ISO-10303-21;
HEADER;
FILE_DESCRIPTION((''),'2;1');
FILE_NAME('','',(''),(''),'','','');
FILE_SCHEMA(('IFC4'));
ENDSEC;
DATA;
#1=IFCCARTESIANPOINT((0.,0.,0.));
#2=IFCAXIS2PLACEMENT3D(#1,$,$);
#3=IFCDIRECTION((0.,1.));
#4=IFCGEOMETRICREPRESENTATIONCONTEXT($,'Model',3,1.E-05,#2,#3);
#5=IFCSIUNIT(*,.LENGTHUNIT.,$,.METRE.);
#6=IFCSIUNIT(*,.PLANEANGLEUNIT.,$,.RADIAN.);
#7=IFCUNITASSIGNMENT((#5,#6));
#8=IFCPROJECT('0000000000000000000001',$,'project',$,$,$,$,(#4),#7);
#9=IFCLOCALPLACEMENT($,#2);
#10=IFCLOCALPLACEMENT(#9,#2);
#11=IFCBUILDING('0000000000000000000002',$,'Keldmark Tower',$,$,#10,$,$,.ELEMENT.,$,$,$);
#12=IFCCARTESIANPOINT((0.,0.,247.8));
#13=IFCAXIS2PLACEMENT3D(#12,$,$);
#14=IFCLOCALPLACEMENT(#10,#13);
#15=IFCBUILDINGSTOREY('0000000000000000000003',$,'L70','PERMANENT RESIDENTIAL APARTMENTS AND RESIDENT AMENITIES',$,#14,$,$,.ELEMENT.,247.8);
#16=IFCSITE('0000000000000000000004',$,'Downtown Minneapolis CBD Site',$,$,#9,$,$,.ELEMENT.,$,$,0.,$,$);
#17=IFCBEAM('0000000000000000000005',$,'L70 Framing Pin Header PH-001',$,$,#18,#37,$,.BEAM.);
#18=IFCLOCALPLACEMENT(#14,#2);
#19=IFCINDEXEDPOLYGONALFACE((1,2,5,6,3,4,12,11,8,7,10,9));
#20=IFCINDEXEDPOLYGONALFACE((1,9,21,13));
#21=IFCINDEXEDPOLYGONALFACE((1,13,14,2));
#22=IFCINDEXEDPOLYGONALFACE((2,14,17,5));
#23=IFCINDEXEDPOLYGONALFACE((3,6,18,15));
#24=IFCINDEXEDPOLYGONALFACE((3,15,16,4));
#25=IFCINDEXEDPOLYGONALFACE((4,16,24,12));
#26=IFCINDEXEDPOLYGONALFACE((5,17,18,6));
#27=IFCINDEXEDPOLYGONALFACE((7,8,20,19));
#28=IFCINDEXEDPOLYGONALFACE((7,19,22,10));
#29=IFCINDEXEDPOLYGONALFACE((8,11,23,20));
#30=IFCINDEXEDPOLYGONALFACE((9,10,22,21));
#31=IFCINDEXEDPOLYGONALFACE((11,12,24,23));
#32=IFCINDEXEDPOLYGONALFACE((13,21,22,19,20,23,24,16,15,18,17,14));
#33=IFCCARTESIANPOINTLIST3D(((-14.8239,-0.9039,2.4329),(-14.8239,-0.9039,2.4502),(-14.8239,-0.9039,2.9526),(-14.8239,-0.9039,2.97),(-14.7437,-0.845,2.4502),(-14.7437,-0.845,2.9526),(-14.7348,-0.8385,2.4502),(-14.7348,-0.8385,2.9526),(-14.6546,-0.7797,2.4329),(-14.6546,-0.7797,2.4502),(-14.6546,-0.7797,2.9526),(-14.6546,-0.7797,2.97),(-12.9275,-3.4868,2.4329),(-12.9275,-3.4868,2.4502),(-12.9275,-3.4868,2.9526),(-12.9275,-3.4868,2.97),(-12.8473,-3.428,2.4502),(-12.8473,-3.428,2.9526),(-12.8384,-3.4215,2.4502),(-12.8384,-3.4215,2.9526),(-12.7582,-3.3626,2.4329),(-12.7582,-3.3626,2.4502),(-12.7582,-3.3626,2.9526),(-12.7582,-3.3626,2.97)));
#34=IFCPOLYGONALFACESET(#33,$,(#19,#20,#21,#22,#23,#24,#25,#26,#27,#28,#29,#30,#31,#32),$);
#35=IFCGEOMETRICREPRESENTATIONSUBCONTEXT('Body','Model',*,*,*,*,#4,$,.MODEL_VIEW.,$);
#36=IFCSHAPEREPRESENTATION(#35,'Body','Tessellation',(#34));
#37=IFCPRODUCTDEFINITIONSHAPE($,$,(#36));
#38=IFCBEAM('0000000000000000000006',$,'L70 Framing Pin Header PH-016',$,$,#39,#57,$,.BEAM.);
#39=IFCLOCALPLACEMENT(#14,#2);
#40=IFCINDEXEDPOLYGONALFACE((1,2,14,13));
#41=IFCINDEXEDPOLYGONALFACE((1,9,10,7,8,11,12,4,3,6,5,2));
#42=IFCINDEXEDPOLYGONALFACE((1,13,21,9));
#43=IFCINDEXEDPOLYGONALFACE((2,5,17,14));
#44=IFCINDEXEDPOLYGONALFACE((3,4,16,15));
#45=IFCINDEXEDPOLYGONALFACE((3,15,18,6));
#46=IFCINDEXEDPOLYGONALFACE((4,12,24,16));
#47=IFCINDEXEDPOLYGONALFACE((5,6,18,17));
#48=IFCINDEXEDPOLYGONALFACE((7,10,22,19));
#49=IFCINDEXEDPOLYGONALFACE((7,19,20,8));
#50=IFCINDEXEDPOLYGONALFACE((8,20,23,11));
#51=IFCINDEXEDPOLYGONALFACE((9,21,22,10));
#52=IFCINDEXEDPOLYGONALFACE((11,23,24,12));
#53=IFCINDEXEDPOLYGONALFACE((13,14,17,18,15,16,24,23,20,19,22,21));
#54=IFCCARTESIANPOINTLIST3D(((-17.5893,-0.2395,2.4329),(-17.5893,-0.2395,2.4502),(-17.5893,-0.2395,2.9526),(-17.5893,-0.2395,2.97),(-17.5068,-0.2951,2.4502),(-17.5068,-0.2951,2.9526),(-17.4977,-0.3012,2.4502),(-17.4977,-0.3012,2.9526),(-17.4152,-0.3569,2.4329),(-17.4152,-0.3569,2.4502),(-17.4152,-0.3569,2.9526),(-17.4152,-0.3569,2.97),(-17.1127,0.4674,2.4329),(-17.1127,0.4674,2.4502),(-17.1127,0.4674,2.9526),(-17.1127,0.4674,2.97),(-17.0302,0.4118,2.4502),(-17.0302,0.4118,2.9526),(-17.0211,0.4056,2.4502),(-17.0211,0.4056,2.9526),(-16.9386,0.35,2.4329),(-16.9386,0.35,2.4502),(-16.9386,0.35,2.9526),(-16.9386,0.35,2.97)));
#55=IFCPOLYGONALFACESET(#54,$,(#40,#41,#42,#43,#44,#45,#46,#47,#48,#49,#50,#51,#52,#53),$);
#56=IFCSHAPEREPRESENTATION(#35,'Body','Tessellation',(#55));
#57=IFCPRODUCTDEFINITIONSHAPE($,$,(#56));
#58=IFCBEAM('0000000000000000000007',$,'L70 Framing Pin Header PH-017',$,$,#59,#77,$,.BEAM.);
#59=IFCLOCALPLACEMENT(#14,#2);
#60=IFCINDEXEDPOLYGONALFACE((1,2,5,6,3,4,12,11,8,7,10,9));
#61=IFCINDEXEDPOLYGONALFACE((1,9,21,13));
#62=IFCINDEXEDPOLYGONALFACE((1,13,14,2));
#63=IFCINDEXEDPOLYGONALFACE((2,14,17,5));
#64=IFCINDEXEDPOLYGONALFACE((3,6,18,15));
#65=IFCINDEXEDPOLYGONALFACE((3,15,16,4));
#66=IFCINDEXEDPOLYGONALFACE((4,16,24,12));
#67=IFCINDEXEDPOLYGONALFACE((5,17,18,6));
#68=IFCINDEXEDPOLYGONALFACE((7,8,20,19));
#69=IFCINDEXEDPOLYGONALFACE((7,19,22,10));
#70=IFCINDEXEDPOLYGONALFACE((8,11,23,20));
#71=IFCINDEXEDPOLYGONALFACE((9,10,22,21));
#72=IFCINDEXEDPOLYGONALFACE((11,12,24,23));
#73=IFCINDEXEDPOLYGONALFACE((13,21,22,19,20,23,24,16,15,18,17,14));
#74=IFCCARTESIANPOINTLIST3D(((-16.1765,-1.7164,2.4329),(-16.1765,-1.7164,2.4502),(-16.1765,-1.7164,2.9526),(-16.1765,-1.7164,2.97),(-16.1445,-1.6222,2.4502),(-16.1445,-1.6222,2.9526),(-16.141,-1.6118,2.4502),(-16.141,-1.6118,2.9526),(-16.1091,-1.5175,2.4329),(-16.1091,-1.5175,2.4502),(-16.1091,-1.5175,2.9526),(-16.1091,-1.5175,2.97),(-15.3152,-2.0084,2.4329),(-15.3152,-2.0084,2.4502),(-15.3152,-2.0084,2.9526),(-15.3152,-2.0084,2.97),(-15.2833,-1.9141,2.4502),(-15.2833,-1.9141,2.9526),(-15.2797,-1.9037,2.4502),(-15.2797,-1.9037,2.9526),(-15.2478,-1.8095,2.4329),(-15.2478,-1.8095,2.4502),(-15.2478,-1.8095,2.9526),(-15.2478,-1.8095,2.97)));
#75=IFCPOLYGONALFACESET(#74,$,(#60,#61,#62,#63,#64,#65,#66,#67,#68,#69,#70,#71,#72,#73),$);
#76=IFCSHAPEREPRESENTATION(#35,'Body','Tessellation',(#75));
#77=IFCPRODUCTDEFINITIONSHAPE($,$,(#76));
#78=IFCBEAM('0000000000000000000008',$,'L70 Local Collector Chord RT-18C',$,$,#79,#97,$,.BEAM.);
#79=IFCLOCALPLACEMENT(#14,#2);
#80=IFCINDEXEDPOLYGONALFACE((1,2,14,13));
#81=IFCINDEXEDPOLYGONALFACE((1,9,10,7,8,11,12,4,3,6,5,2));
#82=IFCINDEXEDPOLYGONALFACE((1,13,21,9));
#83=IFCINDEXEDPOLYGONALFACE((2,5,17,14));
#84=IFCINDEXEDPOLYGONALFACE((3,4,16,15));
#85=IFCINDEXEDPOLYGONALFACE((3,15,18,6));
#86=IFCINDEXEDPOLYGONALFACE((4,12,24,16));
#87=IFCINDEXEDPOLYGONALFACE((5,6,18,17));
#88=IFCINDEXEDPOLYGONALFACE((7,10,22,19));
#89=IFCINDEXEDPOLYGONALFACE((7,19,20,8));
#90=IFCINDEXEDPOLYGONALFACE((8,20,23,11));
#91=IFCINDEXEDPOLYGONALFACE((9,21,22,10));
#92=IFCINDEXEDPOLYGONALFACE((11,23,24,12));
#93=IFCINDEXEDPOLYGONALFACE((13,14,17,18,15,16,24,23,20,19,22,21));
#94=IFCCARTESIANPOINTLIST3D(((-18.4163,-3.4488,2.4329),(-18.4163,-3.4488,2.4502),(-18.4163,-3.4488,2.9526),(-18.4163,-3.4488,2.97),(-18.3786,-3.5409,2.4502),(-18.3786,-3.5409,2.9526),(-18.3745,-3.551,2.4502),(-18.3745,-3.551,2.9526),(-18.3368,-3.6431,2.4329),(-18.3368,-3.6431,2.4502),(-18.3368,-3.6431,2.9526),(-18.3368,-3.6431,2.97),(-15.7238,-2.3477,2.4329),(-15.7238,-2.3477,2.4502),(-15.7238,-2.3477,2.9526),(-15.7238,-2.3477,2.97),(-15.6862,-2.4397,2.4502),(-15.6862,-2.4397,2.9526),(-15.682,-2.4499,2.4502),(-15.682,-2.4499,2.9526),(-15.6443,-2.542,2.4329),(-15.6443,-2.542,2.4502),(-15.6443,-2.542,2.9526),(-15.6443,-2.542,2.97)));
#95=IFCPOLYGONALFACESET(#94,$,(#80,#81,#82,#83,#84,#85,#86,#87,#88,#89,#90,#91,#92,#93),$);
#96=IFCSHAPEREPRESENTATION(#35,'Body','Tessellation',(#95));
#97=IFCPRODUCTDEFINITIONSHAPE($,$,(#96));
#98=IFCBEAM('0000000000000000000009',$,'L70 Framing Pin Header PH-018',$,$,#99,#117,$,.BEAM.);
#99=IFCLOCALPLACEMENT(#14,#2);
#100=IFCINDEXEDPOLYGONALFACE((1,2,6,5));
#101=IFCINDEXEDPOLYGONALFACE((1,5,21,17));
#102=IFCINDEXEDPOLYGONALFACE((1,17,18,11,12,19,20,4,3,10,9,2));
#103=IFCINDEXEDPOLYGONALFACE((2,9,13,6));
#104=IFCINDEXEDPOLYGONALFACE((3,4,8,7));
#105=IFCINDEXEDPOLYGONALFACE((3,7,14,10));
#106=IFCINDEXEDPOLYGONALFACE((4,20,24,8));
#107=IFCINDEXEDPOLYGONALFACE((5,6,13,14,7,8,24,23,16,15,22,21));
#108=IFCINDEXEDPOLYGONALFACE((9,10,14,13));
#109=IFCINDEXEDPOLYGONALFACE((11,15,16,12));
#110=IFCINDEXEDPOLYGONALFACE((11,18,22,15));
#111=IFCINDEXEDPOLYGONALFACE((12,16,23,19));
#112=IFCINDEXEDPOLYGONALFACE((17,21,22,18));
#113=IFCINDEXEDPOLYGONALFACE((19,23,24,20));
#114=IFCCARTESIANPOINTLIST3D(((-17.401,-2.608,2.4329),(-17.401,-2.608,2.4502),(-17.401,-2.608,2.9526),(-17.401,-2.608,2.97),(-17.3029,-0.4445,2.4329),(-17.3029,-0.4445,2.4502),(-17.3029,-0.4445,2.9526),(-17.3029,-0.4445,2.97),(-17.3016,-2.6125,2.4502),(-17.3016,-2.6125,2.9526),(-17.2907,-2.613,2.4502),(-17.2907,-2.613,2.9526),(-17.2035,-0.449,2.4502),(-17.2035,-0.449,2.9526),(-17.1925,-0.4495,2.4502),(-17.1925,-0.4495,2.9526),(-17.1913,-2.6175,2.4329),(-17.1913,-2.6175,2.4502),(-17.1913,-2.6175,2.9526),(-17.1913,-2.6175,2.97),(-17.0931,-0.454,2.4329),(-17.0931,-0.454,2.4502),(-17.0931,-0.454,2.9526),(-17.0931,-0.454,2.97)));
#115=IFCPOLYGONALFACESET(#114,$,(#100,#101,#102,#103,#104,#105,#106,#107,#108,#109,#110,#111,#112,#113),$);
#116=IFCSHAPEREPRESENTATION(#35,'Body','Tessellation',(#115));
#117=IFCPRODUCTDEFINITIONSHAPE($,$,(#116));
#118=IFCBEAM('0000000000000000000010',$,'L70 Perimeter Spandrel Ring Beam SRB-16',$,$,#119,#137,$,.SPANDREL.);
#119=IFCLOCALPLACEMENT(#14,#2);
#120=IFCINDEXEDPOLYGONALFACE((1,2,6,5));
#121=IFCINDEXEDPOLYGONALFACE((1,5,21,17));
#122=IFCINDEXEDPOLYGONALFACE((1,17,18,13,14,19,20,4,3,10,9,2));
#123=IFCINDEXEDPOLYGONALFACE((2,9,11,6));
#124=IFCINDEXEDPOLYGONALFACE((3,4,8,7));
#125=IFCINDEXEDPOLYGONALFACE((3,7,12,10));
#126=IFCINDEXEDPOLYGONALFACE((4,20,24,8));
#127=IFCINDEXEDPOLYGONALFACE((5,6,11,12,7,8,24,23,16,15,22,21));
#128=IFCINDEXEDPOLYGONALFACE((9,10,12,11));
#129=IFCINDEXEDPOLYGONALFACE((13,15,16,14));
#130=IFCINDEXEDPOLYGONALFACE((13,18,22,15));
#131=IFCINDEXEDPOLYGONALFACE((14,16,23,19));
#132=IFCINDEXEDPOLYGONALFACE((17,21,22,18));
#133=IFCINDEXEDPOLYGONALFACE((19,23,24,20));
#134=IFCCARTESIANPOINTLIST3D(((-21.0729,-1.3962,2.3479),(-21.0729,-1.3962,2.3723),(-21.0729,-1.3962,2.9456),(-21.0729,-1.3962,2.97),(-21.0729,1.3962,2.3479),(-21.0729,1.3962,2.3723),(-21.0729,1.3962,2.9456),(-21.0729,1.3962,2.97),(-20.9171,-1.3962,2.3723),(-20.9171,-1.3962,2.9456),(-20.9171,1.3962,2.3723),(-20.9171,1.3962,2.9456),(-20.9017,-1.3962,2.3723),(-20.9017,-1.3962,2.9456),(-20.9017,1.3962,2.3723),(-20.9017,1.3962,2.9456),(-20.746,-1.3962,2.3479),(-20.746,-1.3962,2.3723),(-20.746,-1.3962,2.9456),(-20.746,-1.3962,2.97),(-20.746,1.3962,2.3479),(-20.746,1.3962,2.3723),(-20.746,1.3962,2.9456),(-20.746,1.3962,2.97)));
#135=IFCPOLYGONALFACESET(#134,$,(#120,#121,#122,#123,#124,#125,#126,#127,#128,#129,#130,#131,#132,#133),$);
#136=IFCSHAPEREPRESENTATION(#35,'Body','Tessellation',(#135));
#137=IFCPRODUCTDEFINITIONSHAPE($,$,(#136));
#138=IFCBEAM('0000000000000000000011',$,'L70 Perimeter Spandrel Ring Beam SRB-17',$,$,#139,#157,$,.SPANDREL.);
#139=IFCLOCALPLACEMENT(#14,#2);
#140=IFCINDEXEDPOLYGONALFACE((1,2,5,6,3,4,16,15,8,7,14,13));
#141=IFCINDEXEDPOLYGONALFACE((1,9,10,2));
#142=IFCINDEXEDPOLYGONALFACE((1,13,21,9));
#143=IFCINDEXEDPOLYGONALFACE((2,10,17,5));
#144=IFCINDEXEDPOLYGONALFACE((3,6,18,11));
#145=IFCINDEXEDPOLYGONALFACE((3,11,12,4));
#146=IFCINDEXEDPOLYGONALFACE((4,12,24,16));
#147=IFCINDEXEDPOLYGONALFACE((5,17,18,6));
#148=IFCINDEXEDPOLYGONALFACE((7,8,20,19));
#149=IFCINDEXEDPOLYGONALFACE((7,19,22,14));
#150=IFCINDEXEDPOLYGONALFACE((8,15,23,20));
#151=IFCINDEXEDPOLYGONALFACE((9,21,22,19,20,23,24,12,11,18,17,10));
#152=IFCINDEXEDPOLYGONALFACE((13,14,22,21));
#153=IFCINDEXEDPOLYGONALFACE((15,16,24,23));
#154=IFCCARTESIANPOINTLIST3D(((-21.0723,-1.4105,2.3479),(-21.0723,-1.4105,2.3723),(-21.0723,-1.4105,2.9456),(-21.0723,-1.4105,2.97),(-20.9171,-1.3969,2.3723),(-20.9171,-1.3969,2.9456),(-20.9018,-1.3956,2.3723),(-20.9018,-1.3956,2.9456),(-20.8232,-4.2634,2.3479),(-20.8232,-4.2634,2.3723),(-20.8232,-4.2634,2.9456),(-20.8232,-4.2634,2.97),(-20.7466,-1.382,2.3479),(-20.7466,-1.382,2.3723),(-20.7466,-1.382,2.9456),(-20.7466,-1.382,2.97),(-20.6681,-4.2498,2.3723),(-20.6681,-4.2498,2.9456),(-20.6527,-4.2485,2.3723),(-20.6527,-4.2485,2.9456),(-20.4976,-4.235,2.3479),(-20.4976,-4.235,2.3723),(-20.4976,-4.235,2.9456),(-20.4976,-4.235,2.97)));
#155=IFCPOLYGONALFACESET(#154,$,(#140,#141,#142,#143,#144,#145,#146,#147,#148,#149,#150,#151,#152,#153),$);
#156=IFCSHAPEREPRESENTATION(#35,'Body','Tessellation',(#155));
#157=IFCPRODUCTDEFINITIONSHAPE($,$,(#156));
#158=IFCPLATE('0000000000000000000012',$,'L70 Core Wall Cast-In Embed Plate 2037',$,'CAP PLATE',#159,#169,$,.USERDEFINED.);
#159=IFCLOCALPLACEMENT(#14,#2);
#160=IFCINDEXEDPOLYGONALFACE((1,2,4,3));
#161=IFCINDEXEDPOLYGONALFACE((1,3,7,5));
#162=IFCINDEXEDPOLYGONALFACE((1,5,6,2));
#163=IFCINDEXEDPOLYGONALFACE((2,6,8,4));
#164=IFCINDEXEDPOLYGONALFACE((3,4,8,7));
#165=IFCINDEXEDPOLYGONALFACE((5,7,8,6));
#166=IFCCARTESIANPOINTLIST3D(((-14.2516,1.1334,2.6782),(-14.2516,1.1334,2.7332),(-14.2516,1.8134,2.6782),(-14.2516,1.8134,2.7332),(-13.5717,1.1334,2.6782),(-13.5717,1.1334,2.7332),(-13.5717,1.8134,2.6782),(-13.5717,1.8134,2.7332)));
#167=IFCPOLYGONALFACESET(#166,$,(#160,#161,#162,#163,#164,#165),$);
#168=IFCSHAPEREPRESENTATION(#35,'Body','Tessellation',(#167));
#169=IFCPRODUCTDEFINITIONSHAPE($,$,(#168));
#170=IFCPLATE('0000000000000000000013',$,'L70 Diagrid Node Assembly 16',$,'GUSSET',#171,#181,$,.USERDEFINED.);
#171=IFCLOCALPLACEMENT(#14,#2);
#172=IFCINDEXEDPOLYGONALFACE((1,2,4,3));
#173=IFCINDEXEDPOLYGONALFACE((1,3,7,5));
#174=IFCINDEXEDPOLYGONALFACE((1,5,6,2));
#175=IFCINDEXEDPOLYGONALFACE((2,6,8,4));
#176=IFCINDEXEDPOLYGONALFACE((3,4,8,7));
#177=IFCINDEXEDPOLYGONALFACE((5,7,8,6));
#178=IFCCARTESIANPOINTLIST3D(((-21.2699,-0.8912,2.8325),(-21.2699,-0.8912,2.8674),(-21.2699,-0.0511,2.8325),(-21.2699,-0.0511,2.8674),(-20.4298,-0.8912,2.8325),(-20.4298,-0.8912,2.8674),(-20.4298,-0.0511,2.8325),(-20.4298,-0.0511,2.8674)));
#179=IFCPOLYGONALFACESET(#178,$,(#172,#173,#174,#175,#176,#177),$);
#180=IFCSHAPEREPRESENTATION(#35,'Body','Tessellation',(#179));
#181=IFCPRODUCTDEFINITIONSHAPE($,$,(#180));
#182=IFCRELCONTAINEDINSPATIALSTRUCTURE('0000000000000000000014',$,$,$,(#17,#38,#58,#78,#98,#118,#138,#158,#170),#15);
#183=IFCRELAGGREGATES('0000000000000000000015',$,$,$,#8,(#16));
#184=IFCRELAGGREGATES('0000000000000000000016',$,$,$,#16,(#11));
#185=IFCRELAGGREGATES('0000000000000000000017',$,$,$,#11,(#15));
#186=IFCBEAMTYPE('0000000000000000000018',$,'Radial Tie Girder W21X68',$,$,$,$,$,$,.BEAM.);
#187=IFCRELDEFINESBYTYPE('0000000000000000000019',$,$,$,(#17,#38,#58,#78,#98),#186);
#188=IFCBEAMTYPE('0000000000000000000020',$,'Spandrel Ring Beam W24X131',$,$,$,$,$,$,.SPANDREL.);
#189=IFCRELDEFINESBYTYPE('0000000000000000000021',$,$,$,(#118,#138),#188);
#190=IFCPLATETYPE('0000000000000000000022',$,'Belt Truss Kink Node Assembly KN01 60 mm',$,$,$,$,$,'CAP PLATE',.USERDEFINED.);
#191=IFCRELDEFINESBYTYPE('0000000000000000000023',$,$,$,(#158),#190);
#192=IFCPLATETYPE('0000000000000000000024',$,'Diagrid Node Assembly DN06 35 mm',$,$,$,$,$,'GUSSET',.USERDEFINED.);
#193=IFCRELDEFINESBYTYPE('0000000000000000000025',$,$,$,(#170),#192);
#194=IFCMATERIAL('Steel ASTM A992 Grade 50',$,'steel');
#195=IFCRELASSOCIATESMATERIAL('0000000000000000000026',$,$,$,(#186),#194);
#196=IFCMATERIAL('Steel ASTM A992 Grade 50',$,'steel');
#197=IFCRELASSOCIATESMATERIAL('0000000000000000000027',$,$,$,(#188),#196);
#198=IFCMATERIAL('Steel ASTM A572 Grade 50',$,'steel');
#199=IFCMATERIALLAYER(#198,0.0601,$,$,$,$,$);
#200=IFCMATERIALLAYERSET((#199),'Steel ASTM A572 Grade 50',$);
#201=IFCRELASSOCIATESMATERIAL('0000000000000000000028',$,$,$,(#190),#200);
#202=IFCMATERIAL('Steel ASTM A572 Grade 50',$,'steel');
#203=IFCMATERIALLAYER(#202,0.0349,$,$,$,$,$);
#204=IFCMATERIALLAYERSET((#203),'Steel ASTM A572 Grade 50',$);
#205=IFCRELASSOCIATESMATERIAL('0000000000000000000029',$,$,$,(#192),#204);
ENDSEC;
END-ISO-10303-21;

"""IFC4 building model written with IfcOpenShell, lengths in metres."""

from ifc_helpers import new_model, si_unit, direction, frame, origin, origin_2d, place, context, subcontext, project, spatial, rectangle, i_section, extrude, material, layer, layer_set, material_profile, profile_set, type_object, element, save


model = new_model("IFC4")

# Units and contexts
model_context = context("Model", 3, precision=1e-05, world=origin(), true_north=direction((0.0, 1.0)))
body_context = subcontext(model_context, "Body", "Model", "MODEL_VIEW")
ifc_project = project(units=[si_unit("LENGTHUNIT", "METRE"), si_unit("PLANEANGLEUNIT", "RADIAN")], contexts=[model_context])

# Site, building, storey
site_placement = place(None, origin())
site = spatial("IfcSite", under=ifc_project, at=site_placement, Name="Downtown Minneapolis CBD Site", CompositionType="ELEMENT", RefElevation=0.0)
building_placement = place(site_placement, origin())
building = spatial("IfcBuilding", under=site, at=building_placement, Name="Keldmark Tower", CompositionType="ELEMENT")
storey_placement = place(building_placement, frame((0.0, 0.0, 247.8)))
storey = spatial("IfcBuildingStorey", under=building, at=storey_placement, Name="L70", Description="PERMANENT RESIDENTIAL APARTMENTS AND RESIDENT AMENITIES", CompositionType="ELEMENT", Elevation=247.8)

# Beams
ifc_material_1 = material(Name="Steel ASTM A992 Grade 50", Category="steel")
ifc_material_profile_1 = material_profile(ifc_material_1, i_section(OverallWidth=0.21, OverallDepth=0.5371, WebThickness=0.011, FlangeThickness=0.0173, at=origin_2d()), Name="W21X68")
ifc_profile_set_1 = profile_set([ifc_material_profile_1], Name="Steel ASTM A992 Grade 50")
beam_type_1 = type_object("IfcBeamType", Name="Radial Tie Girder W21X68", PredefinedType="BEAM", material=ifc_profile_set_1)
beam_1_placement = place(storey_placement, frame((-14.7393, -0.8418, 2.7014), z_axis=(0.591826, -0.806066, 0.0), x_axis=(0.806066, 0.591826, 0.0)))
element("IfcBeam", 1, at=beam_1_placement, inside=storey, type_object=beam_type_1, Name="L70 Framing Pin Header PH-001", PredefinedType="BEAM", context=body_context, shape_type="SweptSolid", body=[
    extrude(i_section(OverallWidth=0.21, OverallDepth=0.5371, WebThickness=0.011, FlangeThickness=0.0173, at=origin_2d()), origin(), (0.0, 0.0, 1.0), 3.2043),
])
beam_2_placement = place(storey_placement, frame((-17.0256, 0.4087, 2.7014), z_axis=(-0.559055, -0.829131, 0.0), x_axis=(0.829131, -0.559055, 0.0)))
element("IfcBeam", 2, at=beam_2_placement, inside=storey, type_object=beam_type_1, Name="L70 Framing Pin Header PH-016", PredefinedType="BEAM", context=body_context, shape_type="SweptSolid", body=[
    extrude(i_section(OverallWidth=0.21, OverallDepth=0.5371, WebThickness=0.011, FlangeThickness=0.0173, at=origin_2d()), origin(), (0.0, 0.0, 1.0), 0.8525),
])
beam_3_placement = place(storey_placement, frame((-15.2815, -1.9089, 2.7014), z_axis=(-0.94706, 0.321056, 0.0), x_axis=(-0.321056, -0.94706, 0.0)))
element("IfcBeam", 3, at=beam_3_placement, inside=storey, type_object=beam_type_1, Name="L70 Framing Pin Header PH-017", PredefinedType="BEAM", context=body_context, shape_type="SweptSolid", body=[
    extrude(i_section(OverallWidth=0.21, OverallDepth=0.5371, WebThickness=0.011, FlangeThickness=0.0173, at=origin_2d()), origin(), (0.0, 0.0, 1.0), 0.9094),
])
beam_4_placement = place(storey_placement, frame((-15.6841, -2.4448, 2.7014), z_axis=(-0.92559, -0.378528, 0.0), x_axis=(0.378528, -0.92559, 0.0)))
element("IfcBeam", 4, at=beam_4_placement, inside=storey, type_object=beam_type_1, Name="L70 Local Collector Chord RT-18C", PredefinedType="BEAM", context=body_context, shape_type="SweptSolid", body=[
    extrude(i_section(OverallWidth=0.21, OverallDepth=0.5371, WebThickness=0.011, FlangeThickness=0.0173, at=origin_2d()), origin(), (0.0, 0.0, 1.0), 2.9089),
])
beam_5_placement = place(storey_placement, frame((-17.198, -0.4492, 2.7014), z_axis=(-0.045316, -0.998973, 0.0), x_axis=(0.998973, -0.045316, 0.0)))
element("IfcBeam", 5, at=beam_5_placement, inside=storey, type_object=beam_type_1, Name="L70 Framing Pin Header PH-018", PredefinedType="BEAM", context=body_context, shape_type="SweptSolid", body=[
    extrude(i_section(OverallWidth=0.21, OverallDepth=0.5371, WebThickness=0.011, FlangeThickness=0.0173, at=origin_2d()), origin(), (0.0, 0.0, 1.0), 2.1658),
])
ifc_material_2 = material(Name="Steel ASTM A992 Grade 50", Category="steel")
ifc_material_profile_2 = material_profile(ifc_material_2, i_section(OverallWidth=0.3269, OverallDepth=0.6221, WebThickness=0.0154, FlangeThickness=0.0244, at=origin_2d()), Name="W24X131")
ifc_profile_set_2 = profile_set([ifc_material_profile_2], Name="Steel ASTM A992 Grade 50")
beam_type_2 = type_object("IfcBeamType", Name="Spandrel Ring Beam W24X131", PredefinedType="SPANDREL", material=ifc_profile_set_2)
beam_6_placement = place(storey_placement, frame((-20.9094, 1.3962, 2.6589), z_axis=(0.0, -1.0, 0.0), x_axis=(1.0, 0.0, 0.0)))
element("IfcBeam", 6, at=beam_6_placement, inside=storey, type_object=beam_type_2, Name="L70 Perimeter Spandrel Ring Beam SRB-16", PredefinedType="SPANDREL", context=body_context, shape_type="SweptSolid", body=[
    extrude(i_section(OverallWidth=0.3269, OverallDepth=0.6221, WebThickness=0.0154, FlangeThickness=0.0244, at=origin_2d()), origin(), (0.0, 0.0, 1.0), 2.7925),
])
beam_7_placement = place(storey_placement, frame((-20.9094, -1.3962, 2.6589), z_axis=(0.086953, -0.996212, 0.0), x_axis=(0.996212, 0.086953, 0.0)))
element("IfcBeam", 7, at=beam_7_placement, inside=storey, type_object=beam_type_2, Name="L70 Perimeter Spandrel Ring Beam SRB-17", PredefinedType="SPANDREL", context=body_context, shape_type="SweptSolid", body=[
    extrude(i_section(OverallWidth=0.3269, OverallDepth=0.6221, WebThickness=0.0154, FlangeThickness=0.0244, at=origin_2d()), origin(), (0.0, 0.0, 1.0), 2.8638),
])

# Plates
ifc_material_3 = material(Name="Steel ASTM A572 Grade 50", Category="steel")
ifc_layer_1 = layer(ifc_material_3, 0.0601)
ifc_layer_set_1 = layer_set([ifc_layer_1], Name="Steel ASTM A572 Grade 50")
plate_type_1 = type_object("IfcPlateType", Name="Belt Truss Kink Node Assembly KN01 60 mm", ElementType="CAP PLATE", PredefinedType="USERDEFINED", material=ifc_layer_set_1)
plate_placement = place(storey_placement, frame((-13.9116, 1.4734, 2.6782), z_axis=(0.0, 0.0, 1.0), x_axis=(1.0, 0.0, 0.0)))
element("IfcPlate", 8, at=plate_placement, inside=storey, type_object=plate_type_1, Name="L70 Core Wall Cast-In Embed Plate 2037", ObjectType="CAP PLATE", PredefinedType="USERDEFINED", context=body_context, shape_type="SweptSolid", body=[
    extrude(rectangle(XDim=0.6799, YDim=0.6799, at=origin_2d()), origin(), (0.0, 0.0, 1.0), 0.0549),
])
ifc_material_4 = material(Name="Steel ASTM A572 Grade 50", Category="steel")
ifc_layer_2 = layer(ifc_material_4, 0.0349)
ifc_layer_set_2 = layer_set([ifc_layer_2], Name="Steel ASTM A572 Grade 50")
plate_type_2 = type_object("IfcPlateType", Name="Diagrid Node Assembly DN06 35 mm", ElementType="GUSSET", PredefinedType="USERDEFINED", material=ifc_layer_set_2)
for number, where, z_axis, x_axis, name in (
    (9, (-20.8499, -0.4712, 2.8325), (0.0, 0.0, 1.0), (0.0, -1.0, 0.0), "L70 Diagrid Node Assembly 16"),
):
    element("IfcPlate", number, at=place(storey_placement, frame(where, z_axis=z_axis, x_axis=x_axis)), inside=storey, type_object=plate_type_2, Name=name, ObjectType="GUSSET", PredefinedType="USERDEFINED", context=body_context, shape_type="SweptSolid", body=[
        extrude(rectangle(XDim=0.8401, YDim=0.8401, at=origin_2d()), origin(), (0.0, 0.0, 1.0), 0.0349),
    ])

save(model, "model.ifc")
